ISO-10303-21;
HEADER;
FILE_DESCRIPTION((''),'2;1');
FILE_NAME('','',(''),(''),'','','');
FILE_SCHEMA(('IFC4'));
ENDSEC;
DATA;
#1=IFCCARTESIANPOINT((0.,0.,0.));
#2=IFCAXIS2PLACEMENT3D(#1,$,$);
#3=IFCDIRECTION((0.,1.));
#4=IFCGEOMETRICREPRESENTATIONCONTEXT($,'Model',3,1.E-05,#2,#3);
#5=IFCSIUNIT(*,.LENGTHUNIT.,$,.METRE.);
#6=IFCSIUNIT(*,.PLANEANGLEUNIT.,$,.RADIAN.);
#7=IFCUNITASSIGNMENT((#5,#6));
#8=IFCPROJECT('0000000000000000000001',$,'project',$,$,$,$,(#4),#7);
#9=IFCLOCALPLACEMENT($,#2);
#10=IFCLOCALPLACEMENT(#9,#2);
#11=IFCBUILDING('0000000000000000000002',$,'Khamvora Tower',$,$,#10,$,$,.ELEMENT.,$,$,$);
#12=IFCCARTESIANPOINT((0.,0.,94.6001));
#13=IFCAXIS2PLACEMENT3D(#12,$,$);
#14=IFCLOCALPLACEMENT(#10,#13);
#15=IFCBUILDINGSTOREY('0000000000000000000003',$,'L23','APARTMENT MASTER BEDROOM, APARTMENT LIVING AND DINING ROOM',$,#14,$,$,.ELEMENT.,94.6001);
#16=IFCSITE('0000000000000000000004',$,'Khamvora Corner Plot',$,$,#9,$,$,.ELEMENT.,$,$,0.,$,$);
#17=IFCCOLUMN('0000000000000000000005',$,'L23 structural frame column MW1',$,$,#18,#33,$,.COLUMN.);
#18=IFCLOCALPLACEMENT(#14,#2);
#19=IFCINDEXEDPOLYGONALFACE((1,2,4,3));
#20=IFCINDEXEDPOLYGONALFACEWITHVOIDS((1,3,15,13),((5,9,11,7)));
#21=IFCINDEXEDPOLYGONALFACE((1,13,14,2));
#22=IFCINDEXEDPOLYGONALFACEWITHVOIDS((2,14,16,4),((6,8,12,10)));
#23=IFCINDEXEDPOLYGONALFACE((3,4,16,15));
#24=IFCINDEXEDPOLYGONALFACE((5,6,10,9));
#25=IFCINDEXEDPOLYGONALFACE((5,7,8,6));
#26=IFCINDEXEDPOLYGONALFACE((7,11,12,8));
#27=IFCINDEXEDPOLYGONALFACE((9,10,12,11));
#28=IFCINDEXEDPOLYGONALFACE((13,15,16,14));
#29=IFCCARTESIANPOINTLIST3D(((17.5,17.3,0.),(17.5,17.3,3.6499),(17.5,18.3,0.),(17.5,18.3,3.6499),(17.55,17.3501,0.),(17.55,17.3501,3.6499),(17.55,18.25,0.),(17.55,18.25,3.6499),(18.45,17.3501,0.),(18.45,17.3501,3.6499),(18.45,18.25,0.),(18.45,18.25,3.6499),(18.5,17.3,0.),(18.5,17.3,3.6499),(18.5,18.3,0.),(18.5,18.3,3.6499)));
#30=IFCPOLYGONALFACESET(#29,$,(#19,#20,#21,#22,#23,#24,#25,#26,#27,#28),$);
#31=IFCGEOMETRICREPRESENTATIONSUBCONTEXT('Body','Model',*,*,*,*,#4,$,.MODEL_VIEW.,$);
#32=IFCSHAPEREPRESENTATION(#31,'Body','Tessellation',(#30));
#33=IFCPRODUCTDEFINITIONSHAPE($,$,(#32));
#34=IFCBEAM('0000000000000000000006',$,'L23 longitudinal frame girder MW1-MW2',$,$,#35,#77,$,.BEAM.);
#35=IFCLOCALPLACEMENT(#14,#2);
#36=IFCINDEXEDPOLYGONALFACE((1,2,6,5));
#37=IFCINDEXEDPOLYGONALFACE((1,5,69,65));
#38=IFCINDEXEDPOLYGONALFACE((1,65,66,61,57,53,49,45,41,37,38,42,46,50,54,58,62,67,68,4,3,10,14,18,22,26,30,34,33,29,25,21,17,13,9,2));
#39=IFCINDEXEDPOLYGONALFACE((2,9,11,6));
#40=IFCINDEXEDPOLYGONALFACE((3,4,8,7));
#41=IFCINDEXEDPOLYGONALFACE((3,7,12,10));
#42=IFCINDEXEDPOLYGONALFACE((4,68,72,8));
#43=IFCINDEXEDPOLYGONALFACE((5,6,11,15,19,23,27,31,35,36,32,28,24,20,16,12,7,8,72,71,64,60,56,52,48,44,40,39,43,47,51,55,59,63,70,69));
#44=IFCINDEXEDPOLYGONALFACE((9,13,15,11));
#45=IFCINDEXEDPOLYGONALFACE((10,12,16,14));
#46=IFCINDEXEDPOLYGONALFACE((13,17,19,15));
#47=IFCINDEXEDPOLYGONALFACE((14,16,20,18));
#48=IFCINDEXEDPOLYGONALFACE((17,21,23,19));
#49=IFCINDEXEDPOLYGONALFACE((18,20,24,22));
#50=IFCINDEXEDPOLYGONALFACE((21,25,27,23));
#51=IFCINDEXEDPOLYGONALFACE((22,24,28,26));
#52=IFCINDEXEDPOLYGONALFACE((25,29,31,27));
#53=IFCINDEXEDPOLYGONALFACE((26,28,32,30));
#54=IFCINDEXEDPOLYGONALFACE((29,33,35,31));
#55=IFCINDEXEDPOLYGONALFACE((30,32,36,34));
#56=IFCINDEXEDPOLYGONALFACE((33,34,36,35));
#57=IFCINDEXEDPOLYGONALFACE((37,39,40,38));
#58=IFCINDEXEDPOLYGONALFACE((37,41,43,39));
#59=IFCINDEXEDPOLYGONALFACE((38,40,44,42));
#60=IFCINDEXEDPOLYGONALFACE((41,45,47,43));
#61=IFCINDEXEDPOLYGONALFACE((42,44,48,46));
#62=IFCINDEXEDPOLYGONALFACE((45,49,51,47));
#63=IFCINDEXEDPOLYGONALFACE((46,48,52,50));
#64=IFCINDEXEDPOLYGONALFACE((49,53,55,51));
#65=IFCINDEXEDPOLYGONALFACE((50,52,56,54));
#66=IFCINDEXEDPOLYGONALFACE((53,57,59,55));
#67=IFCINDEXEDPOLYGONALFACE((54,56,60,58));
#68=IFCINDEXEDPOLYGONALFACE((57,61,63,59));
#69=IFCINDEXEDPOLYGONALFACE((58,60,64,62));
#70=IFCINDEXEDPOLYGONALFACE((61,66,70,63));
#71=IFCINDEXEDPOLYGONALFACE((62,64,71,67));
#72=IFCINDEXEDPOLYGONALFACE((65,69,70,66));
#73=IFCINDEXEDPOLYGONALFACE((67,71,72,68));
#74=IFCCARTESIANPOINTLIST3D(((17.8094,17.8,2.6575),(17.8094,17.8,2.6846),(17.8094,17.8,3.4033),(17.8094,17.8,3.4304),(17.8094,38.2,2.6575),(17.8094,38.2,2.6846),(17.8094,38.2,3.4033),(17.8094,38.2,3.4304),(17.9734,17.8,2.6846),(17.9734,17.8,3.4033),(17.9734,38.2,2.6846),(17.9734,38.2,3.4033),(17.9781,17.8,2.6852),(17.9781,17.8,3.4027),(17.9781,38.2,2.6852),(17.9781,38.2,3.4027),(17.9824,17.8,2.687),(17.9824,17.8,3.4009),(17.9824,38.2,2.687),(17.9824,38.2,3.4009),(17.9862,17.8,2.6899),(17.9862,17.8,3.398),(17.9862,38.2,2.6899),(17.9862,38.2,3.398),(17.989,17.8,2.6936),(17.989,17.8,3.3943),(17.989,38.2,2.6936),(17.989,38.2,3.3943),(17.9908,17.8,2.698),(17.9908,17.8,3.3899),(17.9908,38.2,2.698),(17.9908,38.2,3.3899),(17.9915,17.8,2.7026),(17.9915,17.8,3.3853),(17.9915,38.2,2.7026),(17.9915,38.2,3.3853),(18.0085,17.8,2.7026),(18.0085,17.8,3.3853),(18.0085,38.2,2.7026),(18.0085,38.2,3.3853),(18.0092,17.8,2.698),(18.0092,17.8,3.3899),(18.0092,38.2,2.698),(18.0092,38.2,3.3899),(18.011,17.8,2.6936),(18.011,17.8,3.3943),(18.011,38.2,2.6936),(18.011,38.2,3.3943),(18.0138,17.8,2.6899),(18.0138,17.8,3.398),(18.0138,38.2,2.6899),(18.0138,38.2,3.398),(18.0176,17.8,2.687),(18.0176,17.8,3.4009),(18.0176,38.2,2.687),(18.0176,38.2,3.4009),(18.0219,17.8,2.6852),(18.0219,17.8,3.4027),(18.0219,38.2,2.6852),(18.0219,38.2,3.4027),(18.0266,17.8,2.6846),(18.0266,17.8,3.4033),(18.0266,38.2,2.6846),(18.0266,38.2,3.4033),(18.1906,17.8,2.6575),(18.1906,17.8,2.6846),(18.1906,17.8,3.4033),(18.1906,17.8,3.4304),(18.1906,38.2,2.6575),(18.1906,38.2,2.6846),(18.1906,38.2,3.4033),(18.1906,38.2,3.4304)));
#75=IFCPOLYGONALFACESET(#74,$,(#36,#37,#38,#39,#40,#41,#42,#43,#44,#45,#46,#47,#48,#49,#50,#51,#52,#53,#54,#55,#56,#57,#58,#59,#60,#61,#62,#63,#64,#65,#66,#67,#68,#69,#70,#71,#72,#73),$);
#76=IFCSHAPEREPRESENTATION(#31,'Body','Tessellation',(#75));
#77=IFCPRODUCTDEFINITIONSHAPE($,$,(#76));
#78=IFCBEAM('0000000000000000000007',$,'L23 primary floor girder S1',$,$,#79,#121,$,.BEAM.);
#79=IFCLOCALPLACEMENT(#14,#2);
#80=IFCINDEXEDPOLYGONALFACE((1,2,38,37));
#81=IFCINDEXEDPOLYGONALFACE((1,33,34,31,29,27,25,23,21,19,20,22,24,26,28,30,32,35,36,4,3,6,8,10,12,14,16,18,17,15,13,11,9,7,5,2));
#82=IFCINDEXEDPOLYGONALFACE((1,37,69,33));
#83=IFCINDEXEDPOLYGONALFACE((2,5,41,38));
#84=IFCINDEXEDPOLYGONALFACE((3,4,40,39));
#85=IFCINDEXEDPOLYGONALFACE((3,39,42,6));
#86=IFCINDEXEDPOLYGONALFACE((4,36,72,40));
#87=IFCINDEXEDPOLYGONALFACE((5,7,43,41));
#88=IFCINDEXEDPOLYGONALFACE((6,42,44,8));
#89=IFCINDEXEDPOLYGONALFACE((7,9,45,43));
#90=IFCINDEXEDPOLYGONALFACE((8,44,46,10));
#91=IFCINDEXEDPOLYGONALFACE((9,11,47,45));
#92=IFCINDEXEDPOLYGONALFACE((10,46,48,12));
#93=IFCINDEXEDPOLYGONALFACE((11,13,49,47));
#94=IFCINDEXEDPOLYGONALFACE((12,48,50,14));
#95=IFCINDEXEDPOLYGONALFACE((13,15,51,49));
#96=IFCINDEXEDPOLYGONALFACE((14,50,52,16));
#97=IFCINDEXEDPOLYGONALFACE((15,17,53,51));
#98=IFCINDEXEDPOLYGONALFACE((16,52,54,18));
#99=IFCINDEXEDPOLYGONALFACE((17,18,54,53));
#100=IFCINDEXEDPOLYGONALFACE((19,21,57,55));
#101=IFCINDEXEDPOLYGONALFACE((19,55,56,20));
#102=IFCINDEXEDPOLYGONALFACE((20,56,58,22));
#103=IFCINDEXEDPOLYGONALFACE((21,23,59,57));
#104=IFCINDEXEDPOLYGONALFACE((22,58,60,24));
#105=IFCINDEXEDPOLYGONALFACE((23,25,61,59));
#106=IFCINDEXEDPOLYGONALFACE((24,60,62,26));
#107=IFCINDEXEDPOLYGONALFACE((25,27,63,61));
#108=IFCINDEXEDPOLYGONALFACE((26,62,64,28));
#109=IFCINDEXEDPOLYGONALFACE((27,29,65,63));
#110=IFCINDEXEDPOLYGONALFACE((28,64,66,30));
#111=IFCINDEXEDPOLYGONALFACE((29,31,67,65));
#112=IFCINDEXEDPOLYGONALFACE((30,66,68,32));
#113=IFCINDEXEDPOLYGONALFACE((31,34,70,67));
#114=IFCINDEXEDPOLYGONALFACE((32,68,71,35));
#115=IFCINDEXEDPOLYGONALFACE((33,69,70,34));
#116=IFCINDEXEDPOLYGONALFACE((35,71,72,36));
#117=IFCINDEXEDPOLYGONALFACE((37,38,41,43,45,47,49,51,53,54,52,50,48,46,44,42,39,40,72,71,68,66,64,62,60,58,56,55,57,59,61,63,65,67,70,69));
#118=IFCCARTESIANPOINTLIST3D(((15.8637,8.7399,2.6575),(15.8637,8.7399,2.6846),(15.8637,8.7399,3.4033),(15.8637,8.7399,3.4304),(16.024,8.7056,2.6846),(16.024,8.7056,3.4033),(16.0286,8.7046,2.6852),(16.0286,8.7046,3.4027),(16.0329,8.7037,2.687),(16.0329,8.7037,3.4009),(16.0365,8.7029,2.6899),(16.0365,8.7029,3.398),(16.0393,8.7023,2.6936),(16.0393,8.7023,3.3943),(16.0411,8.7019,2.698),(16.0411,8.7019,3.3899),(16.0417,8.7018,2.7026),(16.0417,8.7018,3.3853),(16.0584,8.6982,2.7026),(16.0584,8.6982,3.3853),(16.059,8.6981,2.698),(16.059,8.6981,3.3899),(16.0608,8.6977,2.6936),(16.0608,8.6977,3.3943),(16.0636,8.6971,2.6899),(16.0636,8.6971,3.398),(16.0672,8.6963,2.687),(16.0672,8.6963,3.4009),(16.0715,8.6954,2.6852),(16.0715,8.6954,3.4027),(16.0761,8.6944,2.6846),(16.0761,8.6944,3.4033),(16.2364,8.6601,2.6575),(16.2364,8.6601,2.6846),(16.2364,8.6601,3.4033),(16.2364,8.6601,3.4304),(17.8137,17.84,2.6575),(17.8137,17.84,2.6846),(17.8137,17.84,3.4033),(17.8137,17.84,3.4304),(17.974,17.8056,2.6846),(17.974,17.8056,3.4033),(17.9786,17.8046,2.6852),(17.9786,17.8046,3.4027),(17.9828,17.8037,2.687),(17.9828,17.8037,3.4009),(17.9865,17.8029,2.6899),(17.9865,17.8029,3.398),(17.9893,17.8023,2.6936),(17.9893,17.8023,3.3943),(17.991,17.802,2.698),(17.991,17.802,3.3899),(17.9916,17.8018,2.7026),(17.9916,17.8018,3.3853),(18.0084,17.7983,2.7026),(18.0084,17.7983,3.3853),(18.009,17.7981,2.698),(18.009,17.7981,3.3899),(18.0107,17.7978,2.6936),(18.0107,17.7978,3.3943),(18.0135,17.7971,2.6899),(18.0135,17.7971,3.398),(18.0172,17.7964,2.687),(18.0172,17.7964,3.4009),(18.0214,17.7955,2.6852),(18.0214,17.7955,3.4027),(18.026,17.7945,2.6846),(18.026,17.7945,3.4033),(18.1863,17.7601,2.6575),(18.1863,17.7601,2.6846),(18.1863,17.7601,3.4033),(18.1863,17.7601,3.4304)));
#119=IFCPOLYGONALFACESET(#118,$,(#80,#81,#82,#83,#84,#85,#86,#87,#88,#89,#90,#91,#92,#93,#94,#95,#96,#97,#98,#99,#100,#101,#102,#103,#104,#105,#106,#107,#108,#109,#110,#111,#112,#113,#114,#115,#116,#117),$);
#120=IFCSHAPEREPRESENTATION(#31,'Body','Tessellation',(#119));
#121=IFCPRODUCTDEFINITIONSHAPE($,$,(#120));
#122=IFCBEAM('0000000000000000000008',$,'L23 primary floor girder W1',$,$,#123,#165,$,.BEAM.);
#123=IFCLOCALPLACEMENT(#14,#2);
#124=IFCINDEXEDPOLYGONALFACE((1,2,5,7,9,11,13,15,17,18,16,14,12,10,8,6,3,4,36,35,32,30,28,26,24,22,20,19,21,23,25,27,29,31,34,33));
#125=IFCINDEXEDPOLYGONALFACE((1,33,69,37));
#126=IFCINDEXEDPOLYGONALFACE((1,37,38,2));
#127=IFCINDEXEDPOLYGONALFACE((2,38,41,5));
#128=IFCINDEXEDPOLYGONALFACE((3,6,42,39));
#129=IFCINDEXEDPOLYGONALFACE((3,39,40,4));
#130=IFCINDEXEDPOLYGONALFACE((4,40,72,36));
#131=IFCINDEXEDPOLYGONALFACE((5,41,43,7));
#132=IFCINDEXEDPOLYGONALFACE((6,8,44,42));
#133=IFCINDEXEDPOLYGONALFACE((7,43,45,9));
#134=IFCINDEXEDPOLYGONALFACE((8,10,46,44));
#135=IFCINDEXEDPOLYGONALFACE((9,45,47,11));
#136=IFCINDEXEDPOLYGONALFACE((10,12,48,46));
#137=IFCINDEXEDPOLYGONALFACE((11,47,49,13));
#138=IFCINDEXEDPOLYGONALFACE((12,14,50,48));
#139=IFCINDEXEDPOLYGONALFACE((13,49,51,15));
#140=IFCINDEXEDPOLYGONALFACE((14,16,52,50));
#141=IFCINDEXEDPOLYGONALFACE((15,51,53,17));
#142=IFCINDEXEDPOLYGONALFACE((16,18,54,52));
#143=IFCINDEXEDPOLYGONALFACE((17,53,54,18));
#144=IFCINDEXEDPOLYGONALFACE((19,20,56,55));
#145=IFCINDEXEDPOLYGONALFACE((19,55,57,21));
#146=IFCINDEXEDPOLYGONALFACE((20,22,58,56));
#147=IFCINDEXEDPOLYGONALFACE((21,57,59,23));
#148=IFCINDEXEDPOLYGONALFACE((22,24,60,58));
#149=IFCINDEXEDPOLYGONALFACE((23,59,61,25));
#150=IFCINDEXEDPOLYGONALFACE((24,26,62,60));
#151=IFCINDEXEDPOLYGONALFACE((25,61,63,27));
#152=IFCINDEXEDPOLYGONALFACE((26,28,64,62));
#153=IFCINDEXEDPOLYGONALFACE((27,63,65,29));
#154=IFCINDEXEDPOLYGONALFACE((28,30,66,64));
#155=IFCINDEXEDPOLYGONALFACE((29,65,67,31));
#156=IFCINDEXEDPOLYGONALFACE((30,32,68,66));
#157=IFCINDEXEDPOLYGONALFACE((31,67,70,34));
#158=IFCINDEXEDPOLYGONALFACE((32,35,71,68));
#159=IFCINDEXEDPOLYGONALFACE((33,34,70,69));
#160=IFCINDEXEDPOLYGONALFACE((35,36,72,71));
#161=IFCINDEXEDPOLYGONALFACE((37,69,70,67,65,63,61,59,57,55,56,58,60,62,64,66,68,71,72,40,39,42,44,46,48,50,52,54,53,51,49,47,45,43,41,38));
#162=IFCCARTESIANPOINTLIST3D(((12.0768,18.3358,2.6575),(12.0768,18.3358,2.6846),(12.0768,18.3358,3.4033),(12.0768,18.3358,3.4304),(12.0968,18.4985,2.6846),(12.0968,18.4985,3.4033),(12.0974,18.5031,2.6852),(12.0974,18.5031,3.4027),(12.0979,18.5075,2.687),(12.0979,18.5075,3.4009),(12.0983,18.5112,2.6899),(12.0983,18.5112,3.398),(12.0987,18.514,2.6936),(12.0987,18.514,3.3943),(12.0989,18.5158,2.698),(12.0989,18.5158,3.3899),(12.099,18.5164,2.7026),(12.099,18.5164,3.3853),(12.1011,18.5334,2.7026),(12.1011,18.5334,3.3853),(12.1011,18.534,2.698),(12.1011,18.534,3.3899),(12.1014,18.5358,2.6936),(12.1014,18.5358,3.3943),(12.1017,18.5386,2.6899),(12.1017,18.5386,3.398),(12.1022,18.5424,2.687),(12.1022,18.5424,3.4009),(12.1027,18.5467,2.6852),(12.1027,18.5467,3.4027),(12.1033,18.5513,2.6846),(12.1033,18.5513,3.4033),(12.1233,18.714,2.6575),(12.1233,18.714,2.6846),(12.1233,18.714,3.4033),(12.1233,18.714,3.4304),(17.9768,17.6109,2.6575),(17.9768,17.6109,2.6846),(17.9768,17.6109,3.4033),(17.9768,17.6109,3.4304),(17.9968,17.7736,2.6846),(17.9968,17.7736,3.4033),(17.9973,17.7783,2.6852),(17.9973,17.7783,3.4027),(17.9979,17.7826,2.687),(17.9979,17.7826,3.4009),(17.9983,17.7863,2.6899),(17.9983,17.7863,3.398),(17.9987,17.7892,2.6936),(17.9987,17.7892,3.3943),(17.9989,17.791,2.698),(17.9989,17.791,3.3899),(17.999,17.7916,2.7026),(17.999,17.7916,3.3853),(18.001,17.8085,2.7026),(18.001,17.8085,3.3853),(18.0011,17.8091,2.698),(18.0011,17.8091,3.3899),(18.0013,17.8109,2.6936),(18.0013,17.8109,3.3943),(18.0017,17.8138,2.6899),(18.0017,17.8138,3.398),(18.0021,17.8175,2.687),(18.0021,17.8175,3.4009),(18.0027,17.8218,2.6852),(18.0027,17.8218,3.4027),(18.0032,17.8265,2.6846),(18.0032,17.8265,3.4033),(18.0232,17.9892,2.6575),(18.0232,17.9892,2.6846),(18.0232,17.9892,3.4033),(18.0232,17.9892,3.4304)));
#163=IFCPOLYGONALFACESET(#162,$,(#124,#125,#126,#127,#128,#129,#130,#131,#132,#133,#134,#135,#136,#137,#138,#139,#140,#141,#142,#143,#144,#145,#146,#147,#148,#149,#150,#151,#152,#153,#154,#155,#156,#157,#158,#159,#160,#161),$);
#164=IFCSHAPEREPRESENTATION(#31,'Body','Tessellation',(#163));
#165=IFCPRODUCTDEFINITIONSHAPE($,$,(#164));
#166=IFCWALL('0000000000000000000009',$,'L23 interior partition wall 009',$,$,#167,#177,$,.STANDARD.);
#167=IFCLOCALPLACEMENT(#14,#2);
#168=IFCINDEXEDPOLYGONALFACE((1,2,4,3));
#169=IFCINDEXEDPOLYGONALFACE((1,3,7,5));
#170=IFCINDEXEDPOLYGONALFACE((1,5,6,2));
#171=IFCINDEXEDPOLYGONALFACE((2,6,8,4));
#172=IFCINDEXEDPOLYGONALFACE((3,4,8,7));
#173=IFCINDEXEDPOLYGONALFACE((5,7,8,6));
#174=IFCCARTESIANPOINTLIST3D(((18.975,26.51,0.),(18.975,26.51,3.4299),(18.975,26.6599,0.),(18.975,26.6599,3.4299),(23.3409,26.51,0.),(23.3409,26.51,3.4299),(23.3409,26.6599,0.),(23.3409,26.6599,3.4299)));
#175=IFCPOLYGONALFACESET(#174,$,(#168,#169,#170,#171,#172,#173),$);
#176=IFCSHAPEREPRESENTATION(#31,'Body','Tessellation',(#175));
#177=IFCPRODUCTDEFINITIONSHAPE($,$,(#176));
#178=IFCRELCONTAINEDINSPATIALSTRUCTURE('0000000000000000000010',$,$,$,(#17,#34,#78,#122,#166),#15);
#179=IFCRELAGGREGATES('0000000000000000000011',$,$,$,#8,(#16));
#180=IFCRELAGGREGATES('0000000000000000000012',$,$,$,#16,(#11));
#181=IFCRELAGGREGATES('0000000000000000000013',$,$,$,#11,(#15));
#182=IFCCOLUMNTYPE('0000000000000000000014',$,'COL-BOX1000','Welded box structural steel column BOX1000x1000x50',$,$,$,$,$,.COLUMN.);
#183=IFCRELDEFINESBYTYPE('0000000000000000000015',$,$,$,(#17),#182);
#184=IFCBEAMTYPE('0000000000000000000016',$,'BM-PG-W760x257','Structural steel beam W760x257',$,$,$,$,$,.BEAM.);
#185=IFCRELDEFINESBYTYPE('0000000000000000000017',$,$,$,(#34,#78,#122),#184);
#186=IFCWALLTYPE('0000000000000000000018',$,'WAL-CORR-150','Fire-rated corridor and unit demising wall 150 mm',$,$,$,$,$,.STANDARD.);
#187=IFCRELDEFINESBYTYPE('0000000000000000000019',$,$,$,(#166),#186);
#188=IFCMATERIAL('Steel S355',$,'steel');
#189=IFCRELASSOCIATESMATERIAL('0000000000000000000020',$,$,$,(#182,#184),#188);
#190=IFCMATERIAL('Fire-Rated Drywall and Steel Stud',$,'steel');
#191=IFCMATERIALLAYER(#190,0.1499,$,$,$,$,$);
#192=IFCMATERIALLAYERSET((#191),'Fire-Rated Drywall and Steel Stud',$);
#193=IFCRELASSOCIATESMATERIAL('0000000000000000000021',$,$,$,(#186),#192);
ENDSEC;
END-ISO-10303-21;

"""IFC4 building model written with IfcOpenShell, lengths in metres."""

from ifc_helpers import new_model, si_unit, direction, frame, frame_2d, origin, origin_2d, place, context, subcontext, project, spatial, rectangle, hollow_rectangle, i_section, extrude, material, layer, layer_set, material_profile, profile_set, type_object, element, save


model = new_model("IFC4")

# Units and contexts
model_context = context("Model", 3, precision=1e-05, world=origin(), true_north=direction((0.0, 1.0)))
body_context = subcontext(model_context, "Body", "Model", "MODEL_VIEW")
ifc_project = project(units=[si_unit("LENGTHUNIT", "METRE"), si_unit("PLANEANGLEUNIT", "RADIAN")], contexts=[model_context])

# Site, building, storey
site_placement = place(None, origin())
site = spatial("IfcSite", under=ifc_project, at=site_placement, Name="Khamvora Corner Plot", CompositionType="ELEMENT", RefElevation=0.0)
building_placement = place(site_placement, origin())
building = spatial("IfcBuilding", under=site, at=building_placement, Name="Khamvora Tower", CompositionType="ELEMENT")
storey_placement = place(building_placement, frame((0.0, 0.0, 94.6001)))
storey = spatial("IfcBuildingStorey", under=building, at=storey_placement, Name="L23", Description="APARTMENT MASTER BEDROOM, APARTMENT LIVING AND DINING ROOM", CompositionType="ELEMENT", Elevation=94.6001)

# Column
ifc_material_1 = material(Name="Steel S355", Category="steel")
ifc_material_profile_1 = material_profile(ifc_material_1, hollow_rectangle(XDim=1.0, YDim=1.0, WallThickness=0.05, at=origin_2d()), Name="BOX1000x1000x50")
ifc_profile_set_1 = profile_set([ifc_material_profile_1], Name="Steel S355")
column_type = type_object("IfcColumnType", Name="COL-BOX1000", Description="Welded box structural steel column BOX1000x1000x50", PredefinedType="COLUMN", material=ifc_profile_set_1)
column_placement = place(storey_placement, frame((18.0, 17.8, 0.0), z_axis=(0.0, 0.0, 1.0), x_axis=(1.0, 0.0, 0.0)))
element("IfcColumn", 1, at=column_placement, inside=storey, type_object=column_type, Name="L23 structural frame column MW1", PredefinedType="COLUMN", context=body_context, shape_type="SweptSolid", body=[
    extrude(hollow_rectangle(XDim=1.0, YDim=1.0, WallThickness=0.05, at=origin_2d()), origin(), (0.0, 0.0, 1.0), 3.6499),
])

# Beams
ifc_material_profile_2 = material_profile(ifc_material_1, i_section(OverallWidth=0.3811, OverallDepth=0.7729, WebThickness=0.0171, FlangeThickness=0.0271, FilletRadius=0.0181, at=origin_2d()), Name="W760x257")
ifc_profile_set_2 = profile_set([ifc_material_profile_2], Name="Steel S355")
beam_type = type_object("IfcBeamType", Name="BM-PG-W760x257", Description="Structural steel beam W760x257", PredefinedType="BEAM", material=ifc_profile_set_2)
beam_1_placement = place(storey_placement, frame((18.0, 17.8, 3.0439), z_axis=(0.0, 1.0, 0.0), x_axis=(-1.0, 0.0, 0.0)))
element("IfcBeam", 2, at=beam_1_placement, inside=storey, type_object=beam_type, Name="L23 longitudinal frame girder MW1-MW2", PredefinedType="BEAM", context=body_context, shape_type="SweptSolid", body=[
    extrude(i_section(OverallWidth=0.3811, OverallDepth=0.7729, WebThickness=0.0171, FlangeThickness=0.0271, FilletRadius=0.0181, at=origin_2d()), origin(), (0.0, 0.0, 1.0), 20.3999),
])
beam_2_placement = place(storey_placement, frame((18.0, 17.8, 3.0439), z_axis=(-0.209522, -0.977804, 0.0), x_axis=(0.977804, -0.209522, 0.0)))
element("IfcBeam", 3, at=beam_2_placement, inside=storey, type_object=beam_type, Name="L23 primary floor girder S1", PredefinedType="BEAM", context=body_context, shape_type="SweptSolid", body=[
    extrude(i_section(OverallWidth=0.3811, OverallDepth=0.7729, WebThickness=0.0171, FlangeThickness=0.0271, FilletRadius=0.0181, at=origin_2d()), origin(), (0.0, 0.0, 1.0), 9.3066),
])
beam_3_placement = place(storey_placement, frame((18.0, 17.8, 3.0439), z_axis=(-0.992537, 0.121942, 0.0), x_axis=(-0.121942, -0.992537, 0.0)))
element("IfcBeam", 4, at=beam_3_placement, inside=storey, type_object=beam_type, Name="L23 primary floor girder W1", PredefinedType="BEAM", context=body_context, shape_type="SweptSolid", body=[
    extrude(i_section(OverallWidth=0.3811, OverallDepth=0.7729, WebThickness=0.0171, FlangeThickness=0.0271, FilletRadius=0.0181, at=origin_2d()), origin(), (0.0, 0.0, 1.0), 5.9443),
])

# Shared definitions
ifc_material_2 = material(Name="Fire-Rated Drywall and Steel Stud", Category="steel")
ifc_layer_1 = layer(ifc_material_2, 0.1499)
ifc_layer_set_1 = layer_set([ifc_layer_1], Name="Fire-Rated Drywall and Steel Stud")
wall_type_1 = type_object("IfcWallType", Name="WAL-CORR-150", Description="Fire-rated corridor and unit demising wall 150 mm", PredefinedType="STANDARD", material=ifc_layer_set_1)

# Wall
wall_1_placement = place(storey_placement, frame((23.3411, 26.585, 0.0), z_axis=(0.0, 0.0, 1.0), x_axis=(-1.0, 0.0, 0.0)))
element("IfcWall", 5, at=wall_1_placement, inside=storey, type_object=wall_type_1, Name="L23 interior partition wall 009", PredefinedType="STANDARD", context=body_context, shape_type="SweptSolid", body=[
    extrude(rectangle(XDim=4.366, YDim=0.1499, at=frame_2d((2.1831, 0.0))), origin(), (0.0, 0.0, 1.0), 3.4299),
])

save(model, "model.ifc")
